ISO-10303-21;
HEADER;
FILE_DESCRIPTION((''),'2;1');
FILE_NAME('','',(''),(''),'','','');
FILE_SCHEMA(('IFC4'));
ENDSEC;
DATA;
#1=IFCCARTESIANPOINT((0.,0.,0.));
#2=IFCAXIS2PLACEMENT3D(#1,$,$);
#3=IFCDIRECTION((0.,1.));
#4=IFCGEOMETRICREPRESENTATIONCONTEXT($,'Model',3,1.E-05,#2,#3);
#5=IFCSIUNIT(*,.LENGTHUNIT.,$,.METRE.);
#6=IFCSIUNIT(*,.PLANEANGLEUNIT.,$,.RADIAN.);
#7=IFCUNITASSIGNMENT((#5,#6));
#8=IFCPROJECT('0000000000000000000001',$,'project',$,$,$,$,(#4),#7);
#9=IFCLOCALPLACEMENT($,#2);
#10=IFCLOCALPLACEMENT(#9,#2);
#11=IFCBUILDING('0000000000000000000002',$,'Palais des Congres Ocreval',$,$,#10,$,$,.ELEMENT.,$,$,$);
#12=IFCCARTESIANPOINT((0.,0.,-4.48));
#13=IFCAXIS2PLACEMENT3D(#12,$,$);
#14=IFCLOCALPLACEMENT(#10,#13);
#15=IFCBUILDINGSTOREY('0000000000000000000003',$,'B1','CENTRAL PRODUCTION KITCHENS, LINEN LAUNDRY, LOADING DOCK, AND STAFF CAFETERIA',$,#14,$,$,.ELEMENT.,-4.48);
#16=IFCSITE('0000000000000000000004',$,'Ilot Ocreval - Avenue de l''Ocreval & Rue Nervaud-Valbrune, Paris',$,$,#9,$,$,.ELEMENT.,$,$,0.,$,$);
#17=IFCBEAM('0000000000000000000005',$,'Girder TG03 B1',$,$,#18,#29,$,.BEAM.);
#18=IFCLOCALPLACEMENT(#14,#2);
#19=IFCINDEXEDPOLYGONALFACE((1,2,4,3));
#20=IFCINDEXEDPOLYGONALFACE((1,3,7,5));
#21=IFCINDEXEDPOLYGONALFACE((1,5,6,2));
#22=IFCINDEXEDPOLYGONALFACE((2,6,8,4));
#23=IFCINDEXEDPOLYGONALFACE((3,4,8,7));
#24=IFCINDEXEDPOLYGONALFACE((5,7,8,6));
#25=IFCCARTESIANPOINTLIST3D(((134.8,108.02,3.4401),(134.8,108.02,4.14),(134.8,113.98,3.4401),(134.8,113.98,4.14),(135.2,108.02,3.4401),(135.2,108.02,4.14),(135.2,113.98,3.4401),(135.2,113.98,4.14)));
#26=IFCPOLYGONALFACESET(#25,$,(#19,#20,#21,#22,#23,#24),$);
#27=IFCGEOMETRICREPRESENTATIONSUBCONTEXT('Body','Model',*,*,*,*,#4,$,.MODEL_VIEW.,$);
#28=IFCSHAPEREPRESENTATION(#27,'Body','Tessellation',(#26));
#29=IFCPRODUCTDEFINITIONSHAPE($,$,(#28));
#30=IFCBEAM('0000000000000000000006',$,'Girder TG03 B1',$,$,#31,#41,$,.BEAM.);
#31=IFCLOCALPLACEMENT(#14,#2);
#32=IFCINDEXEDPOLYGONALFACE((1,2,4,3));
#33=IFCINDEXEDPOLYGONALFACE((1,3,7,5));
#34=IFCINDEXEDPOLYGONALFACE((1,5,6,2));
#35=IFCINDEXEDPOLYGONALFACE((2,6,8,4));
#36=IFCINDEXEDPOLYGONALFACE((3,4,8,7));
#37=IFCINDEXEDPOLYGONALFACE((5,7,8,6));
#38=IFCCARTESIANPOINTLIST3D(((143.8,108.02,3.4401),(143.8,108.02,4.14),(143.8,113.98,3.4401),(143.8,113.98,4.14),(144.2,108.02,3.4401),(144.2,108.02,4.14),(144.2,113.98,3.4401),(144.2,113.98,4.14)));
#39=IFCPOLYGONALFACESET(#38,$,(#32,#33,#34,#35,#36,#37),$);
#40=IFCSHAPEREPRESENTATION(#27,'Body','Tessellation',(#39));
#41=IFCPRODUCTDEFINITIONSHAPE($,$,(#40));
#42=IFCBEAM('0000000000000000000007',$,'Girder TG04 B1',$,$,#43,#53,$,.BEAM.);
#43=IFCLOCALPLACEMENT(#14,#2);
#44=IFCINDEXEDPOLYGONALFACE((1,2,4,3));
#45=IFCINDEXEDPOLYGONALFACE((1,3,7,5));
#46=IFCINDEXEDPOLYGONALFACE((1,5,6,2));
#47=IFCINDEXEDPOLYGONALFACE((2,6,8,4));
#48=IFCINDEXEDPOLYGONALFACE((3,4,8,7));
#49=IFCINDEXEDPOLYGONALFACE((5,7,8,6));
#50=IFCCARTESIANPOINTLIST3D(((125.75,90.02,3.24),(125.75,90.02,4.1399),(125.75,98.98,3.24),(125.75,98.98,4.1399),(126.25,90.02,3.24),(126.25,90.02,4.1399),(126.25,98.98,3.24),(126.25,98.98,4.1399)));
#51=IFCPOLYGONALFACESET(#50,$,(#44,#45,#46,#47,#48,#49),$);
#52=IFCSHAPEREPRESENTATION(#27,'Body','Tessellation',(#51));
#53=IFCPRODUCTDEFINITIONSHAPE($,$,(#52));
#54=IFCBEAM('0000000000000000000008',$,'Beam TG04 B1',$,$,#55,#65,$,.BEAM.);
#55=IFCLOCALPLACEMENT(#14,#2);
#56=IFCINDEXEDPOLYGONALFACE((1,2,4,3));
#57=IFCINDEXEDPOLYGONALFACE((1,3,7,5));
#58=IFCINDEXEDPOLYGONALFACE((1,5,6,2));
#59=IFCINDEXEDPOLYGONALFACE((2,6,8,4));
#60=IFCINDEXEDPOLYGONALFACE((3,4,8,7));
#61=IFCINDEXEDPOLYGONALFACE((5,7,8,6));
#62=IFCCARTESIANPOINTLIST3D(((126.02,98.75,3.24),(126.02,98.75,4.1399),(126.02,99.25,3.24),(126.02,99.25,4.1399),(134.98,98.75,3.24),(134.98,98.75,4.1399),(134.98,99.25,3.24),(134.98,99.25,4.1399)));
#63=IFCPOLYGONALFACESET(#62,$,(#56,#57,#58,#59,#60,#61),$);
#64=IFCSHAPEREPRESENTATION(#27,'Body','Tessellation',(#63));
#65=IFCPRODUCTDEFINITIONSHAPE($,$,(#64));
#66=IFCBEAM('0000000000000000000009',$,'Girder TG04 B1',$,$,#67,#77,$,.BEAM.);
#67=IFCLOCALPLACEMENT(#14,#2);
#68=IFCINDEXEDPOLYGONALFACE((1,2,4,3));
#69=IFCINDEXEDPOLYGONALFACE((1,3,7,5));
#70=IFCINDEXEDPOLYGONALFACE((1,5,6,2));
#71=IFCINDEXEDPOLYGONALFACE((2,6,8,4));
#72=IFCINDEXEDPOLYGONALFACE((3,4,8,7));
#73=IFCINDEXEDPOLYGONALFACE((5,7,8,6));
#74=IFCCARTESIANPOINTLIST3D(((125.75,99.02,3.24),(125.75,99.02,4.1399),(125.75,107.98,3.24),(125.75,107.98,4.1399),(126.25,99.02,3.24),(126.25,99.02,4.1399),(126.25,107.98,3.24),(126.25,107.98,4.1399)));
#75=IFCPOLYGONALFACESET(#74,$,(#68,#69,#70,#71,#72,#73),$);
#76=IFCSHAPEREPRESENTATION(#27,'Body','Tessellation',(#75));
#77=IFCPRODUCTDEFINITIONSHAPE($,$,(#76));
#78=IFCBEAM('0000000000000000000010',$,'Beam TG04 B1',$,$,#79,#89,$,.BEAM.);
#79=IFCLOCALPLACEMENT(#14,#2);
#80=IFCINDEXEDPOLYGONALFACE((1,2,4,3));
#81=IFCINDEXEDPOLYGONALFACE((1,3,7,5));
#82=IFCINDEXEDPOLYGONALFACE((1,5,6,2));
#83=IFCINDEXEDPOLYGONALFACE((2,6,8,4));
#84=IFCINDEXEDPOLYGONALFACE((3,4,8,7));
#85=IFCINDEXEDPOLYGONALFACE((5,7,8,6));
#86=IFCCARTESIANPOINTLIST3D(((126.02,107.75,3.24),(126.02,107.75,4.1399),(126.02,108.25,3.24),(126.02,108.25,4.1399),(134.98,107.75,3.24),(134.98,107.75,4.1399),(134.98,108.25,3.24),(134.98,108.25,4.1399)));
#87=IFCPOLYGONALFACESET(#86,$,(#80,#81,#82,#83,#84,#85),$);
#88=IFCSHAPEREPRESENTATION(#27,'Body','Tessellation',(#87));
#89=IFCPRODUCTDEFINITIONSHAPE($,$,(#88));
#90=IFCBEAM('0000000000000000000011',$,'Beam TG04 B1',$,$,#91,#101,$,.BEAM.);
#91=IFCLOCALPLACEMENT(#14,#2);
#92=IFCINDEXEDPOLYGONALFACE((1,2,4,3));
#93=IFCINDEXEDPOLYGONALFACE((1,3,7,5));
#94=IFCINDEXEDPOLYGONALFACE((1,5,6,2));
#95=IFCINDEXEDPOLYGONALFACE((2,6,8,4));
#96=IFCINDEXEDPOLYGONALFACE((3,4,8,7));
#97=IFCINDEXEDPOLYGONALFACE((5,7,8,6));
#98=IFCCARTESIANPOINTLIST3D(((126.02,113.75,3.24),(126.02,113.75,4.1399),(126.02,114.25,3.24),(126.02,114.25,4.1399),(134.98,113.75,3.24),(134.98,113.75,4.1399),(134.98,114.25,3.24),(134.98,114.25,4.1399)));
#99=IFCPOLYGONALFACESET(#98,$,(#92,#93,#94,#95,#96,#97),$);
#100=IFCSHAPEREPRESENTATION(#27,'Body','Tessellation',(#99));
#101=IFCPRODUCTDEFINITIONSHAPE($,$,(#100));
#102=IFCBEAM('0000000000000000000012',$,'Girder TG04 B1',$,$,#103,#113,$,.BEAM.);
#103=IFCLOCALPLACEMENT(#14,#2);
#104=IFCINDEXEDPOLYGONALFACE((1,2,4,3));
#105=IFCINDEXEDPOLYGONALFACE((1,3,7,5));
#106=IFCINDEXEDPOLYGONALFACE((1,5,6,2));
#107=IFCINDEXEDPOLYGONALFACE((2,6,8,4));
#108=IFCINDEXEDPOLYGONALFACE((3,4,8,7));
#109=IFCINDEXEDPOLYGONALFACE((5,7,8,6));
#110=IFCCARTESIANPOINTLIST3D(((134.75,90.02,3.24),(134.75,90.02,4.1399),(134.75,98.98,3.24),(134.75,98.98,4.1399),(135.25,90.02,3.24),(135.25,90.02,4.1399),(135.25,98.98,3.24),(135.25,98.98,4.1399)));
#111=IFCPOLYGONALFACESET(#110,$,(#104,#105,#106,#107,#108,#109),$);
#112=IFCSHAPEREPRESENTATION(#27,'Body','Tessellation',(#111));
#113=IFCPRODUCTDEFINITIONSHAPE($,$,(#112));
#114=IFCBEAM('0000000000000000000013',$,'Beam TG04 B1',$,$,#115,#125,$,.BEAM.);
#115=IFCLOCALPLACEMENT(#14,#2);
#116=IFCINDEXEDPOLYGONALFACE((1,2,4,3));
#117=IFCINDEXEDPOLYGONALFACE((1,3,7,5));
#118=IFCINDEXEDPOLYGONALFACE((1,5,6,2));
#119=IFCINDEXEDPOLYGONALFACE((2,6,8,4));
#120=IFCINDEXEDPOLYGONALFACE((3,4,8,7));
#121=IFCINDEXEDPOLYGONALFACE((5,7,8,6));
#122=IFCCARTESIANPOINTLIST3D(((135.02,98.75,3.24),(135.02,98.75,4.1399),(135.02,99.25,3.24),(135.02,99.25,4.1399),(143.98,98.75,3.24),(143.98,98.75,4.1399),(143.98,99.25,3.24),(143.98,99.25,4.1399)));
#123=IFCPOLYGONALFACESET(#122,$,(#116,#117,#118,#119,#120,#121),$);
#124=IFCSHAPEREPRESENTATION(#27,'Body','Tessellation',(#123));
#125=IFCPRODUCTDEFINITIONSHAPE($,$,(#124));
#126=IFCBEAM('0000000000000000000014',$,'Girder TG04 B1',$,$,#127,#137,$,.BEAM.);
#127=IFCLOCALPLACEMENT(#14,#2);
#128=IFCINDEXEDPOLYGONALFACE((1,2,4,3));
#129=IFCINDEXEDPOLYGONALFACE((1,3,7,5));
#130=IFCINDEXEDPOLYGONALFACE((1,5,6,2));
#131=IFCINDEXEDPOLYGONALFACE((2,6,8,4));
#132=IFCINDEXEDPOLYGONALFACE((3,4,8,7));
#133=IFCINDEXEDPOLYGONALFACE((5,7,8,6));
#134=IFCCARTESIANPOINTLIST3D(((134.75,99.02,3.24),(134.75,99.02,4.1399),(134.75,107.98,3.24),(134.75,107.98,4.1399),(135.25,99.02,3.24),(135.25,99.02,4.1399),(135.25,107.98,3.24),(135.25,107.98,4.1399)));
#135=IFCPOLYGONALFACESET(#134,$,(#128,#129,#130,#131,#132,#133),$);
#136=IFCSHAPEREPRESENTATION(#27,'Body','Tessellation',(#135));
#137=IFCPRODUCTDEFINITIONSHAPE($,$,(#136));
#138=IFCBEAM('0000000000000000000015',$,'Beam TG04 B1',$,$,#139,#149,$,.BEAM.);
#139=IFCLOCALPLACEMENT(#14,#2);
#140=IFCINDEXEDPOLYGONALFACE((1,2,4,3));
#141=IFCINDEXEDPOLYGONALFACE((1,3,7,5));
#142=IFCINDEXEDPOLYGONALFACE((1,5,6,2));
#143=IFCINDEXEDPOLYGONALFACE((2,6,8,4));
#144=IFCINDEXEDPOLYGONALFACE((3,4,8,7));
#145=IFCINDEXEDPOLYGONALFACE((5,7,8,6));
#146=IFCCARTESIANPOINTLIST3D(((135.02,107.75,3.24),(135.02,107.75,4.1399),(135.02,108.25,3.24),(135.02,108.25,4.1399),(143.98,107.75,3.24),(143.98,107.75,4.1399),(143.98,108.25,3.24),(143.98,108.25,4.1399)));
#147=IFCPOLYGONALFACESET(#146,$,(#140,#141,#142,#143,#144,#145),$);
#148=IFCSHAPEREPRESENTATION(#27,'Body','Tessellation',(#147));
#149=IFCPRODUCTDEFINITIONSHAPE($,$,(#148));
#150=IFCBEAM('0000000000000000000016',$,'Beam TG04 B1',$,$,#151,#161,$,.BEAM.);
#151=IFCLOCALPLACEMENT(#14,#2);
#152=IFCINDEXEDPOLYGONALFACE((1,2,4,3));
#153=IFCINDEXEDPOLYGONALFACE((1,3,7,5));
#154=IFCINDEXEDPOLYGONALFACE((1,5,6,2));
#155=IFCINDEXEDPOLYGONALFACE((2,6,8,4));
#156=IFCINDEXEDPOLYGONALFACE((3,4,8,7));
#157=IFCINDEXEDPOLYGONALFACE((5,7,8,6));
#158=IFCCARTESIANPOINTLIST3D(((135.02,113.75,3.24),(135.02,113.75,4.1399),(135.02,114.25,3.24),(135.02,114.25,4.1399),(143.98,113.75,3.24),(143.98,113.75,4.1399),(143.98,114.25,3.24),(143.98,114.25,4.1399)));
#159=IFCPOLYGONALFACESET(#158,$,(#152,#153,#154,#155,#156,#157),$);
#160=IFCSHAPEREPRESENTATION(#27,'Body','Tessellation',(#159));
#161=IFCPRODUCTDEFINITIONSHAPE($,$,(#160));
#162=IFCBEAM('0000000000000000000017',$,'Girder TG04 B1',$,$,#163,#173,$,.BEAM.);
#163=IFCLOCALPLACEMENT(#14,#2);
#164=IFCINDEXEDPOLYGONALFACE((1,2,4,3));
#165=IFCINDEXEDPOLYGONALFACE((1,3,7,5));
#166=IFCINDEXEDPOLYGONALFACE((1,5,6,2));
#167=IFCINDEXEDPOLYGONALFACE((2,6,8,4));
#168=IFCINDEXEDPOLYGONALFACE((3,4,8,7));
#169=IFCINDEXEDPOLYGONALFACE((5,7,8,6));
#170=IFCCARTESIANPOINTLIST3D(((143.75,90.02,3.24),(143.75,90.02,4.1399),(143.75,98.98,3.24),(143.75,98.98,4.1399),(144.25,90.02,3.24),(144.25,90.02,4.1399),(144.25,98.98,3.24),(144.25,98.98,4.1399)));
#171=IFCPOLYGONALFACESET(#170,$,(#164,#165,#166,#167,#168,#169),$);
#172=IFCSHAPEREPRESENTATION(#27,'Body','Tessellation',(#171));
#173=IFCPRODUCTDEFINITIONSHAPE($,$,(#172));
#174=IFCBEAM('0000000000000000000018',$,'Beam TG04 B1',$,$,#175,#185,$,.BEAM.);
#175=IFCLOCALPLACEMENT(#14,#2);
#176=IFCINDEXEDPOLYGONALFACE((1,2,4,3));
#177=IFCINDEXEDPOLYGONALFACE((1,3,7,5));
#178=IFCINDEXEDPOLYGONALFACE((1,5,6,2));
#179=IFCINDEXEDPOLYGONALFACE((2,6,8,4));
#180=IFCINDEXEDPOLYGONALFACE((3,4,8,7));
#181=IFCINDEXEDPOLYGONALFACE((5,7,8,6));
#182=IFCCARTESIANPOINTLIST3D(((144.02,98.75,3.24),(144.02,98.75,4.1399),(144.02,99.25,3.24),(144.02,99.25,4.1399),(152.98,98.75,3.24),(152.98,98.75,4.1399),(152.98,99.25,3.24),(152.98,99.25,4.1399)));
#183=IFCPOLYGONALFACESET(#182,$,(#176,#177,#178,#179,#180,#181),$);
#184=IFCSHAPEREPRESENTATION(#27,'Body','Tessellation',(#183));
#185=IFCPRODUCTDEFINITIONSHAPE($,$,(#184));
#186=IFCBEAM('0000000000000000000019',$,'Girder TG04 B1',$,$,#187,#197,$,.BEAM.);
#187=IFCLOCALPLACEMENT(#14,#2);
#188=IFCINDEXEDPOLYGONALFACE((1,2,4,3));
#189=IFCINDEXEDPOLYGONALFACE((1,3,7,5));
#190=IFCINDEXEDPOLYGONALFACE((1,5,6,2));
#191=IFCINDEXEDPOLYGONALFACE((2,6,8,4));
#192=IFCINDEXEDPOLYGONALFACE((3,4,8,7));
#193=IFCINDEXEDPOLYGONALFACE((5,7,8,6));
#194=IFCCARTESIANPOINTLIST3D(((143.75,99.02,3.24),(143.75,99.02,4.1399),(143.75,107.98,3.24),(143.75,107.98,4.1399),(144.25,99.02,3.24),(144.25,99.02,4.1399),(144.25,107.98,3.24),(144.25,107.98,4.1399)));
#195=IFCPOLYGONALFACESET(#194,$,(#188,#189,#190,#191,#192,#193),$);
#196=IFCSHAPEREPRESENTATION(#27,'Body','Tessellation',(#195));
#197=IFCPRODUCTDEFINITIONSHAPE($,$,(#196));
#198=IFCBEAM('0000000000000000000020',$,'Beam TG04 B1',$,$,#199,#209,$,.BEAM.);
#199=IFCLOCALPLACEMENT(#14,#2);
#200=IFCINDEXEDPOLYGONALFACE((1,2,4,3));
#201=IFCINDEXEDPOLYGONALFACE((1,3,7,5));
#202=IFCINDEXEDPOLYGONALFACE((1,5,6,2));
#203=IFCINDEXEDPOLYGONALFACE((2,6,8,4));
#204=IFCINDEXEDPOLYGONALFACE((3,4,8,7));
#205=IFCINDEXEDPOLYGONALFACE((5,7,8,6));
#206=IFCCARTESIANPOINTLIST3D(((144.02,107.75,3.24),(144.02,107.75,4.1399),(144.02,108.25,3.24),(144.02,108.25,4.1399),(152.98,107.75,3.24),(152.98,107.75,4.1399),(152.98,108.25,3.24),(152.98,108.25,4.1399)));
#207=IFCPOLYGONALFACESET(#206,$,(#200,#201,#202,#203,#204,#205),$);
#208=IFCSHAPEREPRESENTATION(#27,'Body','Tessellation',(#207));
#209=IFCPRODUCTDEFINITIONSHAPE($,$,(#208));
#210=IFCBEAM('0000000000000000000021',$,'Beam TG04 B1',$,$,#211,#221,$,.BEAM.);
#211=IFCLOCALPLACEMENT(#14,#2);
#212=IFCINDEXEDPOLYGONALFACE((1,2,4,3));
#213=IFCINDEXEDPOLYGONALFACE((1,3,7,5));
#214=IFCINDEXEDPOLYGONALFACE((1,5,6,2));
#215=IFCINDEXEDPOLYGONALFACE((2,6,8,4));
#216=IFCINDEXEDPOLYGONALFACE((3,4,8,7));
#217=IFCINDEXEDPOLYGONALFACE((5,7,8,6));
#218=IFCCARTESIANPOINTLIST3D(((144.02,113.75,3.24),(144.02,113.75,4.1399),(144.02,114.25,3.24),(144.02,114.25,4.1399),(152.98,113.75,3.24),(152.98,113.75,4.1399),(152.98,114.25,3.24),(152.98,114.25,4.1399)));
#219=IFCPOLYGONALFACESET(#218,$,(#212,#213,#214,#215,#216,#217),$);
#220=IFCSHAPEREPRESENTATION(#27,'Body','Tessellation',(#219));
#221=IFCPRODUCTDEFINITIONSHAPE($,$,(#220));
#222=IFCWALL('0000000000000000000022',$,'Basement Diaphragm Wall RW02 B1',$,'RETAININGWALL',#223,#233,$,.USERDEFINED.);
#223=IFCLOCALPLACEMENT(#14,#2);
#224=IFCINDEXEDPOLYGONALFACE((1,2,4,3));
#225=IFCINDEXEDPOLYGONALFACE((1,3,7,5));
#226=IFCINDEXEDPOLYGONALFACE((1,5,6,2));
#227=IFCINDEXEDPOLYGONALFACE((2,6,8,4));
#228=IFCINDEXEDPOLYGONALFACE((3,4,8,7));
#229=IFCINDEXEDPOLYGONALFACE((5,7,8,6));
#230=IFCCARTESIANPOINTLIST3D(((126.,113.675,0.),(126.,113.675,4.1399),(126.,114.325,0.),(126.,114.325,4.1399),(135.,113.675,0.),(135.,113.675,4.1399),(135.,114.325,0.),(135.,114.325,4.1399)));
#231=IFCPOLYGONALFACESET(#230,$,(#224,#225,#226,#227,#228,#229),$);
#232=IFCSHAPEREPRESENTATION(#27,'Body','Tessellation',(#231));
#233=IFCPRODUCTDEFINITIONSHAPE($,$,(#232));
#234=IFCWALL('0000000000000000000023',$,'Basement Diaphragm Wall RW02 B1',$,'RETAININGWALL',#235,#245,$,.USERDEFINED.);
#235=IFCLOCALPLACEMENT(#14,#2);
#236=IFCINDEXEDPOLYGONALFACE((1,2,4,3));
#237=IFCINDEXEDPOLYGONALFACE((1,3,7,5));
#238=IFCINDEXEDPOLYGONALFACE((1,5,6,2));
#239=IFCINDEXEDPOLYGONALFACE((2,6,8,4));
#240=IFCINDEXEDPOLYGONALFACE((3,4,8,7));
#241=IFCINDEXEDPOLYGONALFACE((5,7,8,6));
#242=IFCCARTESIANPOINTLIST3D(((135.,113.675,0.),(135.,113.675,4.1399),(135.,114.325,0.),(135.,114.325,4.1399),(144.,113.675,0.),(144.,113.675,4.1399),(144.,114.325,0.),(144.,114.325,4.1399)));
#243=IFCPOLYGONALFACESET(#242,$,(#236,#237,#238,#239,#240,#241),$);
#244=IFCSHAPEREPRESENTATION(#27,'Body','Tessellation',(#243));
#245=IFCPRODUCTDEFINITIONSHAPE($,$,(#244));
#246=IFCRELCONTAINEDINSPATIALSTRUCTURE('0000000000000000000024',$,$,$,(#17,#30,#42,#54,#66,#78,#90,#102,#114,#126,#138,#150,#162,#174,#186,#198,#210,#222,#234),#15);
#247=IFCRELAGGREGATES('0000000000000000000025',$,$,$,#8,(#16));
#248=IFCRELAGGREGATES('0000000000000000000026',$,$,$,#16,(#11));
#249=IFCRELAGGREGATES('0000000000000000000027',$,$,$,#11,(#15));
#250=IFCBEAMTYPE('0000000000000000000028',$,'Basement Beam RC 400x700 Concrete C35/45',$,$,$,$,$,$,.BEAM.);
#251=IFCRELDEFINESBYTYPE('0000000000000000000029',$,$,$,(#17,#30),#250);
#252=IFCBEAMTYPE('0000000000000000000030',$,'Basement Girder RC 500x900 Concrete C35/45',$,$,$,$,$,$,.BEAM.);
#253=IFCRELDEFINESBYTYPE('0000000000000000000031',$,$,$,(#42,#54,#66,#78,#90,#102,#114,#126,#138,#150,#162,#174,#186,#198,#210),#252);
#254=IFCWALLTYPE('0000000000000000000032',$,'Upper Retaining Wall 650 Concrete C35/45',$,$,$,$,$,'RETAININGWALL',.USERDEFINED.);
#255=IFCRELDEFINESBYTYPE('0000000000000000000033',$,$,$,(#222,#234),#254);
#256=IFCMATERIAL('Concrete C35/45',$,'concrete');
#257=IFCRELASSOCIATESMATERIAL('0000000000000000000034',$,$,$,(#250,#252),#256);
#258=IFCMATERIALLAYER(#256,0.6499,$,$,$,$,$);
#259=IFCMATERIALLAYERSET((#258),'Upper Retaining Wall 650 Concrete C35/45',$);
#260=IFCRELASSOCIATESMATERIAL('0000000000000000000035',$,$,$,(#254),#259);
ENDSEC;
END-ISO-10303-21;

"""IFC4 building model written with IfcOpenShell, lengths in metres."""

from ifc_helpers import new_model, si_unit, direction, frame, frame_2d, origin, origin_2d, place, context, subcontext, project, spatial, rectangle, extrude, material, layer, layer_set, material_profile, profile_set, type_object, element, save


model = new_model("IFC4")

# Units and contexts
model_context = context("Model", 3, precision=1e-05, world=origin(), true_north=direction((0.0, 1.0)))
body_context = subcontext(model_context, "Body", "Model", "MODEL_VIEW")
ifc_project = project(units=[si_unit("LENGTHUNIT", "METRE"), si_unit("PLANEANGLEUNIT", "RADIAN")], contexts=[model_context])

# Site, building, storey
site_placement = place(None, origin())
site = spatial("IfcSite", under=ifc_project, at=site_placement, Name="Ilot Ocreval - Avenue de l'Ocreval & Rue Nervaud-Valbrune, Paris", CompositionType="ELEMENT", RefElevation=0.0)
building_placement = place(site_placement, origin())
building = spatial("IfcBuilding", under=site, at=building_placement, Name="Palais des Congres Ocreval", CompositionType="ELEMENT")
storey_placement = place(building_placement, frame((0.0, 0.0, -4.48)))
storey = spatial("IfcBuildingStorey", under=building, at=storey_placement, Name="B1", Description="CENTRAL PRODUCTION KITCHENS, LINEN LAUNDRY, LOADING DOCK, AND STAFF CAFETERIA", CompositionType="ELEMENT", Elevation=-4.48)

# Beams
ifc_material_1 = material(Name="Concrete C35/45", Category="concrete")
ifc_material_profile_1 = material_profile(ifc_material_1, rectangle(XDim=0.3999, YDim=0.7, at=origin_2d()), Name="RC 400x700")
ifc_profile_set_1 = profile_set([ifc_material_profile_1], Name="Concrete C35/45")
beam_type_1 = type_object("IfcBeamType", Name="Basement Beam RC 400x700 Concrete C35/45", PredefinedType="BEAM", material=ifc_profile_set_1)
for number, where, z_axis, x_axis, name in (
    (1, (135.0, 108.02, 3.79), (0.0, 1.0, 0.0), (-1.0, 0.0, 0.0), "Girder TG03 B1"),
    (2, (144.0, 108.02, 3.79), (0.0, 1.0, 0.0), (-1.0, 0.0, 0.0), "Girder TG03 B1"),
):
    element("IfcBeam", number, at=place(storey_placement, frame(where, z_axis=z_axis, x_axis=x_axis)), inside=storey, type_object=beam_type_1, Name=name, PredefinedType="BEAM", context=body_context, shape_type="SweptSolid", body=[
        extrude(rectangle(XDim=0.3999, YDim=0.7, at=origin_2d()), origin(), (0.0, 0.0, 1.0), 5.96),
    ])
ifc_material_profile_2 = material_profile(ifc_material_1, rectangle(XDim=0.5, YDim=0.8999, at=origin_2d()), Name="RC 500x900")
ifc_profile_set_2 = profile_set([ifc_material_profile_2], Name="Concrete C35/45")
beam_type_2 = type_object("IfcBeamType", Name="Basement Girder RC 500x900 Concrete C35/45", PredefinedType="BEAM", material=ifc_profile_set_2)
for number, where, z_axis, x_axis, name in (
    (3, (126.0, 90.02, 3.6899), (0.0, 1.0, 0.0), (-1.0, 0.0, 0.0), "Girder TG04 B1"),
    (4, (126.02, 99.0, 3.6899), (1.0, 0.0, 0.0), (0.0, 1.0, 0.0), "Beam TG04 B1"),
    (5, (126.0, 99.02, 3.6899), (0.0, 1.0, 0.0), (-1.0, 0.0, 0.0), "Girder TG04 B1"),
    (6, (126.02, 108.0, 3.6899), (1.0, 0.0, 0.0), (0.0, 1.0, 0.0), "Beam TG04 B1"),
    (7, (126.02, 114.0, 3.6899), (1.0, 0.0, 0.0), (0.0, 1.0, 0.0), "Beam TG04 B1"),
    (8, (135.0, 90.02, 3.6899), (0.0, 1.0, 0.0), (-1.0, 0.0, 0.0), "Girder TG04 B1"),
    (9, (135.02, 99.0, 3.6899), (1.0, 0.0, 0.0), (0.0, 1.0, 0.0), "Beam TG04 B1"),
    (10, (135.0, 99.02, 3.6899), (0.0, 1.0, 0.0), (-1.0, 0.0, 0.0), "Girder TG04 B1"),
    (11, (135.02, 108.0, 3.6899), (1.0, 0.0, 0.0), (0.0, 1.0, 0.0), "Beam TG04 B1"),
    (12, (135.02, 114.0, 3.6899), (1.0, 0.0, 0.0), (0.0, 1.0, 0.0), "Beam TG04 B1"),
    (13, (144.0, 90.02, 3.6899), (0.0, 1.0, 0.0), (-1.0, 0.0, 0.0), "Girder TG04 B1"),
    (14, (144.02, 99.0, 3.6899), (1.0, 0.0, 0.0), (0.0, 1.0, 0.0), "Beam TG04 B1"),
    (15, (144.0, 99.02, 3.6899), (0.0, 1.0, 0.0), (-1.0, 0.0, 0.0), "Girder TG04 B1"),
    (16, (144.02, 108.0, 3.6899), (1.0, 0.0, 0.0), (0.0, 1.0, 0.0), "Beam TG04 B1"),
    (17, (144.02, 114.0, 3.6899), (1.0, 0.0, 0.0), (0.0, 1.0, 0.0), "Beam TG04 B1"),
):
    element("IfcBeam", number, at=place(storey_placement, frame(where, z_axis=z_axis, x_axis=x_axis)), inside=storey, type_object=beam_type_2, Name=name, PredefinedType="BEAM", context=body_context, shape_type="SweptSolid", body=[
        extrude(rectangle(XDim=0.5, YDim=0.8999, at=origin_2d()), origin(), (0.0, 0.0, 1.0), 8.96),
    ])

# Walls
ifc_layer = layer(ifc_material_1, 0.6499)
ifc_layer_set = layer_set([ifc_layer], Name="Upper Retaining Wall 650 Concrete C35/45")
wall_type = type_object("IfcWallType", Name="Upper Retaining Wall 650 Concrete C35/45", ElementType="RETAININGWALL", PredefinedType="USERDEFINED", material=ifc_layer_set)
for number, where, z_axis, x_axis, name in (
    (18, (126.0, 114.0, 0.0), (0.0, 0.0, 1.0), (1.0, 0.0, 0.0), "Basement Diaphragm Wall RW02 B1"),
    (19, (135.0, 114.0, 0.0), (0.0, 0.0, 1.0), (1.0, 0.0, 0.0), "Basement Diaphragm Wall RW02 B1"),
):
    element("IfcWall", number, at=place(storey_placement, frame(where, z_axis=z_axis, x_axis=x_axis)), inside=storey, type_object=wall_type, Name=name, ObjectType="RETAININGWALL", PredefinedType="USERDEFINED", context=body_context, shape_type="SweptSolid", body=[
        extrude(rectangle(XDim=9.0, YDim=0.6499, at=frame_2d((4.5, 0.0))), origin(), (0.0, 0.0, 1.0), 4.1399),
    ])

save(model, "model.ifc")
